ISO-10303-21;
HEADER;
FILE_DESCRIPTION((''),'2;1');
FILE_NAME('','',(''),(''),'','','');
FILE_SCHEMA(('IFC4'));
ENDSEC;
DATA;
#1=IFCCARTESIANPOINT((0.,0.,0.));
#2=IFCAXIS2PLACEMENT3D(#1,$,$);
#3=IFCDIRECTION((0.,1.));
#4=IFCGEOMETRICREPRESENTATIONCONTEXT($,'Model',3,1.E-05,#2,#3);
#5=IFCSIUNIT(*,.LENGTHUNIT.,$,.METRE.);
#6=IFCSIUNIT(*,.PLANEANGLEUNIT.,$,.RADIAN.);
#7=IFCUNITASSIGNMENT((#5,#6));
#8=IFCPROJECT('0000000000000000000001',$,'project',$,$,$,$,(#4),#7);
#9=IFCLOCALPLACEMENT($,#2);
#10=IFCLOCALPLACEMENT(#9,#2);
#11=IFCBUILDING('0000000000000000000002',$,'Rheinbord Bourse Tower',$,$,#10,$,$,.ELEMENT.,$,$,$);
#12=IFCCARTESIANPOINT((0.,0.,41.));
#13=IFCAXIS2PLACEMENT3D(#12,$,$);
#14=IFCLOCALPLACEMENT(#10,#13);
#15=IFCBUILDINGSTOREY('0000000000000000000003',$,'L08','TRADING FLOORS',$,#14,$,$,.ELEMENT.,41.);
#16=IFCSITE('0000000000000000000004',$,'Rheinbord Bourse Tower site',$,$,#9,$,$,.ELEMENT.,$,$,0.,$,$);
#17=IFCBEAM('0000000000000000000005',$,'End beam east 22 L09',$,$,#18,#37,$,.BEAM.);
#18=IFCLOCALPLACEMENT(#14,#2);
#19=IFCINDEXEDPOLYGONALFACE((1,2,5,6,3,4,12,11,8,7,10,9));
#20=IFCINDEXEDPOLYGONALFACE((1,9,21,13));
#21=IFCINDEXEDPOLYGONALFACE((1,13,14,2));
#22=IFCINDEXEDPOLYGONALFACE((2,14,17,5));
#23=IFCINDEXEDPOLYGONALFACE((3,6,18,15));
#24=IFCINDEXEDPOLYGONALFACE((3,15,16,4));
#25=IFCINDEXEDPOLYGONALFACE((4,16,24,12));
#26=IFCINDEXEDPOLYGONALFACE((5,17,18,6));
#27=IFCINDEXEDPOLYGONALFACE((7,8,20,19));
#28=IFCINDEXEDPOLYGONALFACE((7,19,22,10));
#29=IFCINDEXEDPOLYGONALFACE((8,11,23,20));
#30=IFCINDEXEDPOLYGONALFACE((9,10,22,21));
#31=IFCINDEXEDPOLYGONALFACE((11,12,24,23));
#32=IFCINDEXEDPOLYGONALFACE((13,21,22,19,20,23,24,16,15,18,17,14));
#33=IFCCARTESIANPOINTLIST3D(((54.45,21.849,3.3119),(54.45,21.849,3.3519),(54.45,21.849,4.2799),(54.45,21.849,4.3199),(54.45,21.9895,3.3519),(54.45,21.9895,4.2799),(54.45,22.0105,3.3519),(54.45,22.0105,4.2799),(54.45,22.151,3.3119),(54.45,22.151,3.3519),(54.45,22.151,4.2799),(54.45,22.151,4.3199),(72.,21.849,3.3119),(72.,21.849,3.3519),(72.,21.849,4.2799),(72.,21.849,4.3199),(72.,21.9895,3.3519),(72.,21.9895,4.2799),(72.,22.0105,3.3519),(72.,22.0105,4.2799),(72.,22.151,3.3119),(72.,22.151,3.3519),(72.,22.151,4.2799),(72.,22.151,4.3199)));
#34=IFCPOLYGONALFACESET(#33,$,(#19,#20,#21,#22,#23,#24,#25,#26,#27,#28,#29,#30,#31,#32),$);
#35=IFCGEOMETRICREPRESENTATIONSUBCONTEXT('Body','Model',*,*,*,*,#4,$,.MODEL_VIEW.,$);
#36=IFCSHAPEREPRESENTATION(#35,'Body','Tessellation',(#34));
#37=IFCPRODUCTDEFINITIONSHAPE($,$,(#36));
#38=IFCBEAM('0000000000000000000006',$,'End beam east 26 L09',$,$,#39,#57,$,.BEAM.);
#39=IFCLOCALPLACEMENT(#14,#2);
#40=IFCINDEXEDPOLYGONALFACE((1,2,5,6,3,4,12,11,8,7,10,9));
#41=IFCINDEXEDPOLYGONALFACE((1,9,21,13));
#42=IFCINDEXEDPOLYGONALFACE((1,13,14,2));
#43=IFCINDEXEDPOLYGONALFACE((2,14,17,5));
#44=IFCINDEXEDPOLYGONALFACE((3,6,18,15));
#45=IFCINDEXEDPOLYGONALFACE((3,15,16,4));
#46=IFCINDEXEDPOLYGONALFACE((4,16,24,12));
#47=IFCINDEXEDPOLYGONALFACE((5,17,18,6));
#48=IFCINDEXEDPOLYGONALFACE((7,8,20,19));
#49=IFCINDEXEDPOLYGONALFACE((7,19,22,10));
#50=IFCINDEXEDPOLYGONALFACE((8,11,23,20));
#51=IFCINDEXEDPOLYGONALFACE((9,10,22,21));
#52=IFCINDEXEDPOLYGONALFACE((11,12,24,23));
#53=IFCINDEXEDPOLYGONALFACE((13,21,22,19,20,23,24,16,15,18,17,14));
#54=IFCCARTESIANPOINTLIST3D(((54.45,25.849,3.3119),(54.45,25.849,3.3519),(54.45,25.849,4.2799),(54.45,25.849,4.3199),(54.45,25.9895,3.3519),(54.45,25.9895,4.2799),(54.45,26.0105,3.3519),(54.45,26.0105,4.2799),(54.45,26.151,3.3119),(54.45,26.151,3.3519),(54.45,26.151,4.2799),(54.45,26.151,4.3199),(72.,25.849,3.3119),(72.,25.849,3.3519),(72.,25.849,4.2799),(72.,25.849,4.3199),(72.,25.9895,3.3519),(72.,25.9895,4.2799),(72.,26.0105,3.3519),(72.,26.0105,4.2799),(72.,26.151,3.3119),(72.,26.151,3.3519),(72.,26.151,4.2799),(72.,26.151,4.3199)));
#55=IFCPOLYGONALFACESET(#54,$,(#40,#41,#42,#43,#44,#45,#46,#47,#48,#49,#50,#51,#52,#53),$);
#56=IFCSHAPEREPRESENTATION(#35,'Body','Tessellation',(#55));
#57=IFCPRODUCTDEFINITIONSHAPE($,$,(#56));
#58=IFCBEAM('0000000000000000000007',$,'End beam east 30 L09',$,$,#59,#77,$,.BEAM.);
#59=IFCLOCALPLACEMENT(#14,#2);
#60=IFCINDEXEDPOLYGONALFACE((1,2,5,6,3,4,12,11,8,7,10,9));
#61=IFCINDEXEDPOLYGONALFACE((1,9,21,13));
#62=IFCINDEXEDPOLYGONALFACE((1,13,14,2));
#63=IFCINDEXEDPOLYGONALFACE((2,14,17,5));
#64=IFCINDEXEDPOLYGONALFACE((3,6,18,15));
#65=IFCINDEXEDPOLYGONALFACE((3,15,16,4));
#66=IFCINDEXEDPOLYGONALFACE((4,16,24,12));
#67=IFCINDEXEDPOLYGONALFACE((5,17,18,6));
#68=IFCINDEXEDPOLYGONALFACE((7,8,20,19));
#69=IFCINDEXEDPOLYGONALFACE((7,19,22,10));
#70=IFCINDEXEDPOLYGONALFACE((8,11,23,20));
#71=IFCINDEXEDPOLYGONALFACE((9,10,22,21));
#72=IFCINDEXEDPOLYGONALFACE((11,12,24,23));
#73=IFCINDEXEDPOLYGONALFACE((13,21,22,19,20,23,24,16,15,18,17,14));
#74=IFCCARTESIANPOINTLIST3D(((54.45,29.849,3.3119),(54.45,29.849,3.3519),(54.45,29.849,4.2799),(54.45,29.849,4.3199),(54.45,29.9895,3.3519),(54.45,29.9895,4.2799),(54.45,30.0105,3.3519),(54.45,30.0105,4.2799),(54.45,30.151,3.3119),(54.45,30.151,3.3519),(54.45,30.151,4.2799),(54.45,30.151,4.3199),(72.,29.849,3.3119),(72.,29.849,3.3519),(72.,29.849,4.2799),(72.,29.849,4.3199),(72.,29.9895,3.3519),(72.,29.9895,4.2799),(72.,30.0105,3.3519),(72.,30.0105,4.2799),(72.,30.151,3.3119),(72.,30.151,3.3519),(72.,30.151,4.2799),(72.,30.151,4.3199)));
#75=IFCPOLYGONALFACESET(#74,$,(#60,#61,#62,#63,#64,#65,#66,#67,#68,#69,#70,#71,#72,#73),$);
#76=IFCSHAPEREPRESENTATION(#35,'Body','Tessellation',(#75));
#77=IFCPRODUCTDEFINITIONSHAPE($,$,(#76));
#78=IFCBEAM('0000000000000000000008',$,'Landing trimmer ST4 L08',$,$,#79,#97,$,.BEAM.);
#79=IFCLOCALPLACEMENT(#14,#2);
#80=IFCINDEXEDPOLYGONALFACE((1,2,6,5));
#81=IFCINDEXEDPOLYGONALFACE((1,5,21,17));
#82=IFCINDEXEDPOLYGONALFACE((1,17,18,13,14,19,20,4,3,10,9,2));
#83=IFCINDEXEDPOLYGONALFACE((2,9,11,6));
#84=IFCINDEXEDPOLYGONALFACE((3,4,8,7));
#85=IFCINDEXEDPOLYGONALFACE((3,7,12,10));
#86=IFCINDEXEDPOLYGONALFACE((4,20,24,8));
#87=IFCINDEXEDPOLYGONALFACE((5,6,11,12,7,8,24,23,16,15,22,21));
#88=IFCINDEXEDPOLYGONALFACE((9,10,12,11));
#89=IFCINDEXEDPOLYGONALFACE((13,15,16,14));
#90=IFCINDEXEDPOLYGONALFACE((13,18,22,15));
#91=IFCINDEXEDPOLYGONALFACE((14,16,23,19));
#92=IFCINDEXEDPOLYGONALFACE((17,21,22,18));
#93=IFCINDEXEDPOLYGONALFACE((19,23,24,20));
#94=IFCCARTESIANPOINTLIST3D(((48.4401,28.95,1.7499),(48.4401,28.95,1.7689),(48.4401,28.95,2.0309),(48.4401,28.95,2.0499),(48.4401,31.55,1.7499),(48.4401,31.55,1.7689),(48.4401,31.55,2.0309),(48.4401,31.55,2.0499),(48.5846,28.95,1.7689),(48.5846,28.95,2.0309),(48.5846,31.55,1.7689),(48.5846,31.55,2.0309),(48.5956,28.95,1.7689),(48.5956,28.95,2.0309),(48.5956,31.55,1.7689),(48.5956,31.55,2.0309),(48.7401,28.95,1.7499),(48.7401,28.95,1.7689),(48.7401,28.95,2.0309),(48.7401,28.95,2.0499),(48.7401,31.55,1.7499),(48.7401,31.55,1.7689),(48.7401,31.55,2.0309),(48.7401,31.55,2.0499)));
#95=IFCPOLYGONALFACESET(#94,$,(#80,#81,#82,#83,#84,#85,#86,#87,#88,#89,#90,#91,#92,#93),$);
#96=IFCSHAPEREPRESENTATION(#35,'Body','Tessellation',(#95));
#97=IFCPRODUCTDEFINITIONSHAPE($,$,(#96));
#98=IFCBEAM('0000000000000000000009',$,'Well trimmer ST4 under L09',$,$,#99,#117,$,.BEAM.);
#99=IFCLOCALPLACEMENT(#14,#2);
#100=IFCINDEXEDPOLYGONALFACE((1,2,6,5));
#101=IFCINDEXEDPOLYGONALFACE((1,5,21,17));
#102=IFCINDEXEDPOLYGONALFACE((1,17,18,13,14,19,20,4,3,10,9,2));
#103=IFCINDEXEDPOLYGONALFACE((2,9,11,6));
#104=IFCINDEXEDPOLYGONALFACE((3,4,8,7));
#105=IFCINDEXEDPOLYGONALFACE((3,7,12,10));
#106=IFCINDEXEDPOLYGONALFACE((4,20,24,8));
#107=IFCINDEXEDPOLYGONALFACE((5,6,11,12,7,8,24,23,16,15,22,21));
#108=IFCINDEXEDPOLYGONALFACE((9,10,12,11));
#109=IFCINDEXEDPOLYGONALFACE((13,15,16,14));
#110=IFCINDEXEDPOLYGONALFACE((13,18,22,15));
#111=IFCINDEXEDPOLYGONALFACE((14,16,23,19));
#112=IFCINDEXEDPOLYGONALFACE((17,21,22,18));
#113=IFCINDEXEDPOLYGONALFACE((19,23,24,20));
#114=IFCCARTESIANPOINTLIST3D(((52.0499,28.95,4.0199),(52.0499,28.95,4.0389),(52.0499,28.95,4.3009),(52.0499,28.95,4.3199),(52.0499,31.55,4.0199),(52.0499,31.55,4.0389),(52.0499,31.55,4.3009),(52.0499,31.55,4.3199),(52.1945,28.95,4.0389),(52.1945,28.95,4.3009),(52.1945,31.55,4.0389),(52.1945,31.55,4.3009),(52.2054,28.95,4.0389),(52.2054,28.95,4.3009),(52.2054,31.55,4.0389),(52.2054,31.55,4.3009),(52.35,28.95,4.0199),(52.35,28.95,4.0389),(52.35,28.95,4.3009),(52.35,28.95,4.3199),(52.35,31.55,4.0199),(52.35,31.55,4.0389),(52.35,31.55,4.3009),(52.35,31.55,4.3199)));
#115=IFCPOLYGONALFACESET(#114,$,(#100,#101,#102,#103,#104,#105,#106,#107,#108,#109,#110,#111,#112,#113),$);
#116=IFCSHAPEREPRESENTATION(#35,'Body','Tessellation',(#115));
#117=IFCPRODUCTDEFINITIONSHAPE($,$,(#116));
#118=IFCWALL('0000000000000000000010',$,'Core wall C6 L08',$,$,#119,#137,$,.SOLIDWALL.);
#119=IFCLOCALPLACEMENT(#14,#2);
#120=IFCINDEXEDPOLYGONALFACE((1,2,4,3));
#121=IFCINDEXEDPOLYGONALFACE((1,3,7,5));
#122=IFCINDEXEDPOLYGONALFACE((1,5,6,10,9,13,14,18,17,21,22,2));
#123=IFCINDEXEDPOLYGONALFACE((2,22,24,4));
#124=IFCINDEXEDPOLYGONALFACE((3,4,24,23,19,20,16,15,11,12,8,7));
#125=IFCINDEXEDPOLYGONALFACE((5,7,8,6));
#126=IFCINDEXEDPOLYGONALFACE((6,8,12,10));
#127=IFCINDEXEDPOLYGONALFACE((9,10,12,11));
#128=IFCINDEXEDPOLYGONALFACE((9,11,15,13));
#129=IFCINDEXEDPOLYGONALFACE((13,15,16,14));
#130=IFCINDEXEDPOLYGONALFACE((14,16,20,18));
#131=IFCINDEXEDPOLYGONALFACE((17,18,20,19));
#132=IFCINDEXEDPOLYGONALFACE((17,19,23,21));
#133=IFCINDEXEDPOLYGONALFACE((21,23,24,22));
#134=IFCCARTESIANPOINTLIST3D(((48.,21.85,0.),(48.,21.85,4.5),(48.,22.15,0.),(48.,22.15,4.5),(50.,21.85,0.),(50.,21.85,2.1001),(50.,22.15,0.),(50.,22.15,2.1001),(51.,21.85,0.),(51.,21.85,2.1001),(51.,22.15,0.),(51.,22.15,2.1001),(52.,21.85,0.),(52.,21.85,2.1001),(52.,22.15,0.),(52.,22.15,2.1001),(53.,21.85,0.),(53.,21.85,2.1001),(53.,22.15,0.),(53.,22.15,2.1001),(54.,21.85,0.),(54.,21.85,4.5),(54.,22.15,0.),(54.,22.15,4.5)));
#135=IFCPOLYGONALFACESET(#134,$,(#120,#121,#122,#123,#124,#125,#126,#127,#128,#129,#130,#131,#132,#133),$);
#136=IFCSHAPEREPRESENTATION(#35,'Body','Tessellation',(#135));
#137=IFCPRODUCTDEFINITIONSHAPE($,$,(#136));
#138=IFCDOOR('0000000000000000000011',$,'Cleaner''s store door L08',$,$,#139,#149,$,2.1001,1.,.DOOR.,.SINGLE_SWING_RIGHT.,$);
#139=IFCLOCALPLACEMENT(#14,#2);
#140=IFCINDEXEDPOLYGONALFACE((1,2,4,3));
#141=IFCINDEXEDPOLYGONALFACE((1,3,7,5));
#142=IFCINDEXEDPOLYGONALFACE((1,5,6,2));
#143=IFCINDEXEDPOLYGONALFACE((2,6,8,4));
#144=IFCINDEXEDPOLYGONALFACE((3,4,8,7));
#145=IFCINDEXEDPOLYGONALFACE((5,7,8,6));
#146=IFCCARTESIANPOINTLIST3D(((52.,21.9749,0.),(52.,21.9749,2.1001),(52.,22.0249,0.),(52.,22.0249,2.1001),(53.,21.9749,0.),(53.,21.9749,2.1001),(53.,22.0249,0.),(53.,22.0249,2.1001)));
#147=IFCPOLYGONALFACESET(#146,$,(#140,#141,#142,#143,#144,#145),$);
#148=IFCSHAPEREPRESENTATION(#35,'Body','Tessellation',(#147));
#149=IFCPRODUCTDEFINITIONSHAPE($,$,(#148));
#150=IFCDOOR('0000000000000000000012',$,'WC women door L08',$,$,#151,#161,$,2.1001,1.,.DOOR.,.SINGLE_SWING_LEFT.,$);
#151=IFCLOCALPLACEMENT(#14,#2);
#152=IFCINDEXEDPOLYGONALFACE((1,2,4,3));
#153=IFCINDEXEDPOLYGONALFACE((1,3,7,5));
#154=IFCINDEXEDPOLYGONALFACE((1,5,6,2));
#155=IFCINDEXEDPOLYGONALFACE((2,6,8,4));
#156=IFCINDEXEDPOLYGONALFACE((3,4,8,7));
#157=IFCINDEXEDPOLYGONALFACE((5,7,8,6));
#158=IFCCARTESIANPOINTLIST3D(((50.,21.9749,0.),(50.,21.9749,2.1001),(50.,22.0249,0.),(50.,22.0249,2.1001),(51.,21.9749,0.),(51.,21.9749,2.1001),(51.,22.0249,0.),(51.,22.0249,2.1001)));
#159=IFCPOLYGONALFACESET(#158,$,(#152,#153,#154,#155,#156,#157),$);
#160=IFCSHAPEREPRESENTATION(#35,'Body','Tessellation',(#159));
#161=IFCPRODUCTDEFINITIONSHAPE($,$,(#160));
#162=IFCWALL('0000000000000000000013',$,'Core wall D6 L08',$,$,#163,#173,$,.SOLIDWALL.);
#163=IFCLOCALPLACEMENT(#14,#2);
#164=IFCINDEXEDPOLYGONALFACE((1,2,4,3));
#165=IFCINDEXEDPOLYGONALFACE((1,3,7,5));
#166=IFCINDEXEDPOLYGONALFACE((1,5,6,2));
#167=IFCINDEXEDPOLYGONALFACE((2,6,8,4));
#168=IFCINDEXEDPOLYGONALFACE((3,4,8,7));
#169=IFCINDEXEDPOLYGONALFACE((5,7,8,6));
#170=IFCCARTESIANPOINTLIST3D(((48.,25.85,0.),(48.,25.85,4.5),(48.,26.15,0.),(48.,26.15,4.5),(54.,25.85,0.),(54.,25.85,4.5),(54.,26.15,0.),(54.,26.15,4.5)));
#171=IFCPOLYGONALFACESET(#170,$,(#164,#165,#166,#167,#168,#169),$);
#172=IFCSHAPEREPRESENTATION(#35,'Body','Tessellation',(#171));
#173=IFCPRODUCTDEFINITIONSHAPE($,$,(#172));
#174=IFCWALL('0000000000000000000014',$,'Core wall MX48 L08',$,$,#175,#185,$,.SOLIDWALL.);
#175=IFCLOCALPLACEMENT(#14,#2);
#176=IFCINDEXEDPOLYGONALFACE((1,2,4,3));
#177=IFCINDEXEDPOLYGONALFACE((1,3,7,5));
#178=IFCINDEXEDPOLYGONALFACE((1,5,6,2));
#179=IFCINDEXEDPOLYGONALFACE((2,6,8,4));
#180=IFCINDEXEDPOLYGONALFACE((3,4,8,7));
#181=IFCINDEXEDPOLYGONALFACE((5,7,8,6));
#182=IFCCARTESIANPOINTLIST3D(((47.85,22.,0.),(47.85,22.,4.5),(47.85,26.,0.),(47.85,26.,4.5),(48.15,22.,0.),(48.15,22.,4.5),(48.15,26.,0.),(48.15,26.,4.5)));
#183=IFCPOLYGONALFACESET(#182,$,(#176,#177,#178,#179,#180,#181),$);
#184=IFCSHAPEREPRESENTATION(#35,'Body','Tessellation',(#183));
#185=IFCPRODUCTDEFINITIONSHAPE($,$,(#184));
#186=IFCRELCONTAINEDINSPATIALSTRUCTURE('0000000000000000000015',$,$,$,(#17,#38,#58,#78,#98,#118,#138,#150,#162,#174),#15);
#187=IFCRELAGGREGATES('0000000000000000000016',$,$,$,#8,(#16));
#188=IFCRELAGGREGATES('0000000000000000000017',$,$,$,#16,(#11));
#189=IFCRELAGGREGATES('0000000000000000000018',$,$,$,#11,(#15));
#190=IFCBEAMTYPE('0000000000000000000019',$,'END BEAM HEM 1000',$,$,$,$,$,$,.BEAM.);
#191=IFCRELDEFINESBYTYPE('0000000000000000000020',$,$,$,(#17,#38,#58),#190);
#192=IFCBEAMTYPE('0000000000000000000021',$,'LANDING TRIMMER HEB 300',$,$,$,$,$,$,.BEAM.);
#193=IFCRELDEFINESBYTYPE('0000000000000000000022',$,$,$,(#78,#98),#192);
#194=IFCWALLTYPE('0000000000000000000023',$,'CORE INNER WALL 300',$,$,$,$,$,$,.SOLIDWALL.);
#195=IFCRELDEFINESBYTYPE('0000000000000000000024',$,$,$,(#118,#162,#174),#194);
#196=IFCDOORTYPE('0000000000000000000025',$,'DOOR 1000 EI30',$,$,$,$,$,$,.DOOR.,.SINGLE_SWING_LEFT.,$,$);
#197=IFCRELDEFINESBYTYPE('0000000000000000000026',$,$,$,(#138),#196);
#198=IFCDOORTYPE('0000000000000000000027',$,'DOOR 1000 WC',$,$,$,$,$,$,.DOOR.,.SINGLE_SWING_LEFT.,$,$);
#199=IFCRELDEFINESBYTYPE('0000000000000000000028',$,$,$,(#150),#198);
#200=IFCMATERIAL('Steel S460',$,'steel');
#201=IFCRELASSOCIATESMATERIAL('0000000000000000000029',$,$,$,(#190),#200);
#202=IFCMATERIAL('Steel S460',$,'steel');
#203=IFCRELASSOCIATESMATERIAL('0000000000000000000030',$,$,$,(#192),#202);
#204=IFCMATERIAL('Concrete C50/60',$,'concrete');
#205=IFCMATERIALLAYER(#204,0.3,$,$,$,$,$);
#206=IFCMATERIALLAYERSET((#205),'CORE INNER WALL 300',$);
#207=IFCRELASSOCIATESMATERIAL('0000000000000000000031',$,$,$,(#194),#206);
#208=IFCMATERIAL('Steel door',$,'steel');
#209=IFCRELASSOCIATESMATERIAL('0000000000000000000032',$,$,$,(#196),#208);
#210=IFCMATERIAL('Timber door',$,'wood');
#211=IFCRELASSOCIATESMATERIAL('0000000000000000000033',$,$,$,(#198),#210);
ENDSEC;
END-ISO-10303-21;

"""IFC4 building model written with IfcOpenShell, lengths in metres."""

from ifc_helpers import new_model, si_unit, direction, frame, frame_2d, origin, origin_2d, place, context, subcontext, project, spatial, rectangle, i_section, extrude, material, layer, layer_set, material_profile, profile_set, type_object, element, fill, save


model = new_model("IFC4")

# Units and contexts
model_context = context("Model", 3, precision=1e-05, world=origin(), true_north=direction((0.0, 1.0)))
body_context = subcontext(model_context, "Body", "Model", "MODEL_VIEW")
ifc_project = project(units=[si_unit("LENGTHUNIT", "METRE"), si_unit("PLANEANGLEUNIT", "RADIAN")], contexts=[model_context])

# Site, building, storey
site_placement = place(None, origin())
site = spatial("IfcSite", under=ifc_project, at=site_placement, Name="Rheinbord Bourse Tower site", CompositionType="ELEMENT", RefElevation=0.0)
building_placement = place(site_placement, origin())
building = spatial("IfcBuilding", under=site, at=building_placement, Name="Rheinbord Bourse Tower", CompositionType="ELEMENT")
storey_placement = place(building_placement, frame((0.0, 0.0, 41.0)))
storey = spatial("IfcBuildingStorey", under=building, at=storey_placement, Name="L08", Description="TRADING FLOORS", CompositionType="ELEMENT", Elevation=41.0)

# Beams
ifc_material_1 = material(Name="Steel S460", Category="steel")
ifc_material_profile_1 = material_profile(ifc_material_1, i_section(OverallWidth=0.302, OverallDepth=1.0081, WebThickness=0.021, FlangeThickness=0.04, at=origin_2d()), Name="HEM 1000")
ifc_profile_set_1 = profile_set([ifc_material_profile_1], Name="Steel S460")
beam_type_1 = type_object("IfcBeamType", Name="END BEAM HEM 1000", PredefinedType="BEAM", material=ifc_profile_set_1)
for number, where, z_axis, x_axis, name in (
    (1, (54.45, 22.0, 3.8159), (1.0, 0.0, 0.0), (0.0, 1.0, 0.0), "End beam east 22 L09"),
    (2, (54.45, 26.0, 3.8159), (1.0, 0.0, 0.0), (0.0, 1.0, 0.0), "End beam east 26 L09"),
    (3, (54.45, 30.0, 3.8159), (1.0, 0.0, 0.0), (0.0, 1.0, 0.0), "End beam east 30 L09"),
):
    element("IfcBeam", number, at=place(storey_placement, frame(where, z_axis=z_axis, x_axis=x_axis)), inside=storey, type_object=beam_type_1, Name=name, PredefinedType="BEAM", context=body_context, shape_type="SweptSolid", body=[
        extrude(i_section(OverallWidth=0.302, OverallDepth=1.0081, WebThickness=0.021, FlangeThickness=0.04, at=origin_2d()), origin(), (0.0, 0.0, 1.0), 17.55),
    ])
ifc_material_2 = material(Name="Steel S460", Category="steel")
ifc_material_profile_2 = material_profile(ifc_material_2, i_section(OverallWidth=0.3, OverallDepth=0.3, WebThickness=0.011, FlangeThickness=0.019, at=origin_2d()), Name="HEB 300")
ifc_profile_set_2 = profile_set([ifc_material_profile_2], Name="Steel S460")
beam_type_2 = type_object("IfcBeamType", Name="LANDING TRIMMER HEB 300", PredefinedType="BEAM", material=ifc_profile_set_2)
for number, where, z_axis, x_axis, name in (
    (4, (48.5901, 28.95, 1.8999), (0.0, 1.0, 0.0), (-1.0, 0.0, 0.0), "Landing trimmer ST4 L08"),
    (5, (52.2, 28.95, 4.1699), (0.0, 1.0, 0.0), (-1.0, 0.0, 0.0), "Well trimmer ST4 under L09"),
):
    element("IfcBeam", number, at=place(storey_placement, frame(where, z_axis=z_axis, x_axis=x_axis)), inside=storey, type_object=beam_type_2, Name=name, PredefinedType="BEAM", context=body_context, shape_type="SweptSolid", body=[
        extrude(i_section(OverallWidth=0.3, OverallDepth=0.3, WebThickness=0.011, FlangeThickness=0.019, at=origin_2d()), origin(), (0.0, 0.0, 1.0), 2.6001),
    ])

# Wall, openings, doors
ifc_material_3 = material(Name="Concrete C50/60", Category="concrete")
ifc_layer_1 = layer(ifc_material_3, 0.3)
ifc_layer_set_1 = layer_set([ifc_layer_1], Name="CORE INNER WALL 300")
wall_type_1 = type_object("IfcWallType", Name="CORE INNER WALL 300", PredefinedType="SOLIDWALL", material=ifc_layer_set_1)
wall_1_placement = place(storey_placement, frame((48.0, 22.0, 0.0), z_axis=(0.0, 0.0, 1.0), x_axis=(1.0, 0.0, 0.0)))
wall_1 = element("IfcWall", 6, at=wall_1_placement, inside=storey, type_object=wall_type_1, Name="Core wall C6 L08", PredefinedType="SOLIDWALL", context=body_context, shape_type="SweptSolid", body=[
    extrude(rectangle(XDim=6.0, YDim=0.3, at=frame_2d((3.0, 0.0))), origin(), (0.0, 0.0, 1.0), 4.5),
])
opening_1_placement = place(wall_1_placement, frame((2.0, 0.0, 0.0)))
opening_1 = element("IfcOpeningElement", 7, at=opening_1_placement, cuts=wall_1, PredefinedType="OPENING", context=body_context, shape_type="SweptSolid", body=[
    extrude(rectangle(XDim=1.0, YDim=2.1001, at=frame_2d((0.5, 1.05))), frame((0.0, 0.1599, 0.0), z_axis=(0.0, -1.0, 0.0), x_axis=(1.0, 0.0, 0.0)), (0.0, 0.0, 1.0), 0.3201),
])
opening_2_placement = place(wall_1_placement, frame((4.0, 0.0, 0.0)))
opening_2 = element("IfcOpeningElement", 8, at=opening_2_placement, cuts=wall_1, PredefinedType="OPENING", context=body_context, shape_type="SweptSolid", body=[
    extrude(rectangle(XDim=1.0, YDim=2.1001, at=frame_2d((0.5, 1.05))), frame((0.0, 0.1599, 0.0), z_axis=(0.0, -1.0, 0.0), x_axis=(1.0, 0.0, 0.0)), (0.0, 0.0, 1.0), 0.3201),
])
ifc_material_4 = material(Name="Steel door", Category="steel")
door_type_1 = type_object("IfcDoorType", Name="DOOR 1000 EI30", OperationType="SINGLE_SWING_LEFT", PredefinedType="DOOR", material=ifc_material_4)
door_1_placement = place(opening_2_placement, origin())
door_1 = element("IfcDoor", 9, at=door_1_placement, inside=storey, type_object=door_type_1, Name="Cleaner's store door L08", OperationType="SINGLE_SWING_RIGHT", OverallHeight=2.1001, OverallWidth=1.0, PredefinedType="DOOR", context=body_context, shape_type="SweptSolid", body=[
    extrude(rectangle(XDim=1.0, YDim=2.1001, at=frame_2d((0.5, 1.05))), frame((0.0, 0.0249, 0.0), z_axis=(0.0, -1.0, 0.0), x_axis=(1.0, 0.0, 0.0)), (0.0, 0.0, 1.0), 0.05),
])
fill(opening_2, door_1)
ifc_material_5 = material(Name="Timber door", Category="wood")
door_type_2 = type_object("IfcDoorType", Name="DOOR 1000 WC", OperationType="SINGLE_SWING_LEFT", PredefinedType="DOOR", material=ifc_material_5)
door_2_placement = place(opening_1_placement, origin())
door_2 = element("IfcDoor", 10, at=door_2_placement, inside=storey, type_object=door_type_2, Name="WC women door L08", OperationType="SINGLE_SWING_LEFT", OverallHeight=2.1001, OverallWidth=1.0, PredefinedType="DOOR", context=body_context, shape_type="SweptSolid", body=[
    extrude(rectangle(XDim=1.0, YDim=2.1001, at=frame_2d((0.5, 1.05))), frame((0.0, 0.0249, 0.0), z_axis=(0.0, -1.0, 0.0), x_axis=(1.0, 0.0, 0.0)), (0.0, 0.0, 1.0), 0.05),
])
fill(opening_1, door_2)

# Walls
wall_2_placement = place(storey_placement, frame((48.0, 26.0, 0.0), z_axis=(0.0, 0.0, 1.0), x_axis=(1.0, 0.0, 0.0)))
element("IfcWall", 11, at=wall_2_placement, inside=storey, type_object=wall_type_1, Name="Core wall D6 L08", PredefinedType="SOLIDWALL", context=body_context, shape_type="SweptSolid", body=[
    extrude(rectangle(XDim=6.0, YDim=0.3, at=frame_2d((3.0, 0.0))), origin(), (0.0, 0.0, 1.0), 4.5),
])
wall_3_placement = place(storey_placement, frame((48.0, 22.0, 0.0), z_axis=(0.0, 0.0, 1.0), x_axis=(0.0, 1.0, 0.0)))
element("IfcWall", 12, at=wall_3_placement, inside=storey, type_object=wall_type_1, Name="Core wall MX48 L08", PredefinedType="SOLIDWALL", context=body_context, shape_type="SweptSolid", body=[
    extrude(rectangle(XDim=4.0, YDim=0.3, at=frame_2d((2.0, 0.0))), origin(), (0.0, 0.0, 1.0), 4.5),
])

save(model, "model.ifc")
